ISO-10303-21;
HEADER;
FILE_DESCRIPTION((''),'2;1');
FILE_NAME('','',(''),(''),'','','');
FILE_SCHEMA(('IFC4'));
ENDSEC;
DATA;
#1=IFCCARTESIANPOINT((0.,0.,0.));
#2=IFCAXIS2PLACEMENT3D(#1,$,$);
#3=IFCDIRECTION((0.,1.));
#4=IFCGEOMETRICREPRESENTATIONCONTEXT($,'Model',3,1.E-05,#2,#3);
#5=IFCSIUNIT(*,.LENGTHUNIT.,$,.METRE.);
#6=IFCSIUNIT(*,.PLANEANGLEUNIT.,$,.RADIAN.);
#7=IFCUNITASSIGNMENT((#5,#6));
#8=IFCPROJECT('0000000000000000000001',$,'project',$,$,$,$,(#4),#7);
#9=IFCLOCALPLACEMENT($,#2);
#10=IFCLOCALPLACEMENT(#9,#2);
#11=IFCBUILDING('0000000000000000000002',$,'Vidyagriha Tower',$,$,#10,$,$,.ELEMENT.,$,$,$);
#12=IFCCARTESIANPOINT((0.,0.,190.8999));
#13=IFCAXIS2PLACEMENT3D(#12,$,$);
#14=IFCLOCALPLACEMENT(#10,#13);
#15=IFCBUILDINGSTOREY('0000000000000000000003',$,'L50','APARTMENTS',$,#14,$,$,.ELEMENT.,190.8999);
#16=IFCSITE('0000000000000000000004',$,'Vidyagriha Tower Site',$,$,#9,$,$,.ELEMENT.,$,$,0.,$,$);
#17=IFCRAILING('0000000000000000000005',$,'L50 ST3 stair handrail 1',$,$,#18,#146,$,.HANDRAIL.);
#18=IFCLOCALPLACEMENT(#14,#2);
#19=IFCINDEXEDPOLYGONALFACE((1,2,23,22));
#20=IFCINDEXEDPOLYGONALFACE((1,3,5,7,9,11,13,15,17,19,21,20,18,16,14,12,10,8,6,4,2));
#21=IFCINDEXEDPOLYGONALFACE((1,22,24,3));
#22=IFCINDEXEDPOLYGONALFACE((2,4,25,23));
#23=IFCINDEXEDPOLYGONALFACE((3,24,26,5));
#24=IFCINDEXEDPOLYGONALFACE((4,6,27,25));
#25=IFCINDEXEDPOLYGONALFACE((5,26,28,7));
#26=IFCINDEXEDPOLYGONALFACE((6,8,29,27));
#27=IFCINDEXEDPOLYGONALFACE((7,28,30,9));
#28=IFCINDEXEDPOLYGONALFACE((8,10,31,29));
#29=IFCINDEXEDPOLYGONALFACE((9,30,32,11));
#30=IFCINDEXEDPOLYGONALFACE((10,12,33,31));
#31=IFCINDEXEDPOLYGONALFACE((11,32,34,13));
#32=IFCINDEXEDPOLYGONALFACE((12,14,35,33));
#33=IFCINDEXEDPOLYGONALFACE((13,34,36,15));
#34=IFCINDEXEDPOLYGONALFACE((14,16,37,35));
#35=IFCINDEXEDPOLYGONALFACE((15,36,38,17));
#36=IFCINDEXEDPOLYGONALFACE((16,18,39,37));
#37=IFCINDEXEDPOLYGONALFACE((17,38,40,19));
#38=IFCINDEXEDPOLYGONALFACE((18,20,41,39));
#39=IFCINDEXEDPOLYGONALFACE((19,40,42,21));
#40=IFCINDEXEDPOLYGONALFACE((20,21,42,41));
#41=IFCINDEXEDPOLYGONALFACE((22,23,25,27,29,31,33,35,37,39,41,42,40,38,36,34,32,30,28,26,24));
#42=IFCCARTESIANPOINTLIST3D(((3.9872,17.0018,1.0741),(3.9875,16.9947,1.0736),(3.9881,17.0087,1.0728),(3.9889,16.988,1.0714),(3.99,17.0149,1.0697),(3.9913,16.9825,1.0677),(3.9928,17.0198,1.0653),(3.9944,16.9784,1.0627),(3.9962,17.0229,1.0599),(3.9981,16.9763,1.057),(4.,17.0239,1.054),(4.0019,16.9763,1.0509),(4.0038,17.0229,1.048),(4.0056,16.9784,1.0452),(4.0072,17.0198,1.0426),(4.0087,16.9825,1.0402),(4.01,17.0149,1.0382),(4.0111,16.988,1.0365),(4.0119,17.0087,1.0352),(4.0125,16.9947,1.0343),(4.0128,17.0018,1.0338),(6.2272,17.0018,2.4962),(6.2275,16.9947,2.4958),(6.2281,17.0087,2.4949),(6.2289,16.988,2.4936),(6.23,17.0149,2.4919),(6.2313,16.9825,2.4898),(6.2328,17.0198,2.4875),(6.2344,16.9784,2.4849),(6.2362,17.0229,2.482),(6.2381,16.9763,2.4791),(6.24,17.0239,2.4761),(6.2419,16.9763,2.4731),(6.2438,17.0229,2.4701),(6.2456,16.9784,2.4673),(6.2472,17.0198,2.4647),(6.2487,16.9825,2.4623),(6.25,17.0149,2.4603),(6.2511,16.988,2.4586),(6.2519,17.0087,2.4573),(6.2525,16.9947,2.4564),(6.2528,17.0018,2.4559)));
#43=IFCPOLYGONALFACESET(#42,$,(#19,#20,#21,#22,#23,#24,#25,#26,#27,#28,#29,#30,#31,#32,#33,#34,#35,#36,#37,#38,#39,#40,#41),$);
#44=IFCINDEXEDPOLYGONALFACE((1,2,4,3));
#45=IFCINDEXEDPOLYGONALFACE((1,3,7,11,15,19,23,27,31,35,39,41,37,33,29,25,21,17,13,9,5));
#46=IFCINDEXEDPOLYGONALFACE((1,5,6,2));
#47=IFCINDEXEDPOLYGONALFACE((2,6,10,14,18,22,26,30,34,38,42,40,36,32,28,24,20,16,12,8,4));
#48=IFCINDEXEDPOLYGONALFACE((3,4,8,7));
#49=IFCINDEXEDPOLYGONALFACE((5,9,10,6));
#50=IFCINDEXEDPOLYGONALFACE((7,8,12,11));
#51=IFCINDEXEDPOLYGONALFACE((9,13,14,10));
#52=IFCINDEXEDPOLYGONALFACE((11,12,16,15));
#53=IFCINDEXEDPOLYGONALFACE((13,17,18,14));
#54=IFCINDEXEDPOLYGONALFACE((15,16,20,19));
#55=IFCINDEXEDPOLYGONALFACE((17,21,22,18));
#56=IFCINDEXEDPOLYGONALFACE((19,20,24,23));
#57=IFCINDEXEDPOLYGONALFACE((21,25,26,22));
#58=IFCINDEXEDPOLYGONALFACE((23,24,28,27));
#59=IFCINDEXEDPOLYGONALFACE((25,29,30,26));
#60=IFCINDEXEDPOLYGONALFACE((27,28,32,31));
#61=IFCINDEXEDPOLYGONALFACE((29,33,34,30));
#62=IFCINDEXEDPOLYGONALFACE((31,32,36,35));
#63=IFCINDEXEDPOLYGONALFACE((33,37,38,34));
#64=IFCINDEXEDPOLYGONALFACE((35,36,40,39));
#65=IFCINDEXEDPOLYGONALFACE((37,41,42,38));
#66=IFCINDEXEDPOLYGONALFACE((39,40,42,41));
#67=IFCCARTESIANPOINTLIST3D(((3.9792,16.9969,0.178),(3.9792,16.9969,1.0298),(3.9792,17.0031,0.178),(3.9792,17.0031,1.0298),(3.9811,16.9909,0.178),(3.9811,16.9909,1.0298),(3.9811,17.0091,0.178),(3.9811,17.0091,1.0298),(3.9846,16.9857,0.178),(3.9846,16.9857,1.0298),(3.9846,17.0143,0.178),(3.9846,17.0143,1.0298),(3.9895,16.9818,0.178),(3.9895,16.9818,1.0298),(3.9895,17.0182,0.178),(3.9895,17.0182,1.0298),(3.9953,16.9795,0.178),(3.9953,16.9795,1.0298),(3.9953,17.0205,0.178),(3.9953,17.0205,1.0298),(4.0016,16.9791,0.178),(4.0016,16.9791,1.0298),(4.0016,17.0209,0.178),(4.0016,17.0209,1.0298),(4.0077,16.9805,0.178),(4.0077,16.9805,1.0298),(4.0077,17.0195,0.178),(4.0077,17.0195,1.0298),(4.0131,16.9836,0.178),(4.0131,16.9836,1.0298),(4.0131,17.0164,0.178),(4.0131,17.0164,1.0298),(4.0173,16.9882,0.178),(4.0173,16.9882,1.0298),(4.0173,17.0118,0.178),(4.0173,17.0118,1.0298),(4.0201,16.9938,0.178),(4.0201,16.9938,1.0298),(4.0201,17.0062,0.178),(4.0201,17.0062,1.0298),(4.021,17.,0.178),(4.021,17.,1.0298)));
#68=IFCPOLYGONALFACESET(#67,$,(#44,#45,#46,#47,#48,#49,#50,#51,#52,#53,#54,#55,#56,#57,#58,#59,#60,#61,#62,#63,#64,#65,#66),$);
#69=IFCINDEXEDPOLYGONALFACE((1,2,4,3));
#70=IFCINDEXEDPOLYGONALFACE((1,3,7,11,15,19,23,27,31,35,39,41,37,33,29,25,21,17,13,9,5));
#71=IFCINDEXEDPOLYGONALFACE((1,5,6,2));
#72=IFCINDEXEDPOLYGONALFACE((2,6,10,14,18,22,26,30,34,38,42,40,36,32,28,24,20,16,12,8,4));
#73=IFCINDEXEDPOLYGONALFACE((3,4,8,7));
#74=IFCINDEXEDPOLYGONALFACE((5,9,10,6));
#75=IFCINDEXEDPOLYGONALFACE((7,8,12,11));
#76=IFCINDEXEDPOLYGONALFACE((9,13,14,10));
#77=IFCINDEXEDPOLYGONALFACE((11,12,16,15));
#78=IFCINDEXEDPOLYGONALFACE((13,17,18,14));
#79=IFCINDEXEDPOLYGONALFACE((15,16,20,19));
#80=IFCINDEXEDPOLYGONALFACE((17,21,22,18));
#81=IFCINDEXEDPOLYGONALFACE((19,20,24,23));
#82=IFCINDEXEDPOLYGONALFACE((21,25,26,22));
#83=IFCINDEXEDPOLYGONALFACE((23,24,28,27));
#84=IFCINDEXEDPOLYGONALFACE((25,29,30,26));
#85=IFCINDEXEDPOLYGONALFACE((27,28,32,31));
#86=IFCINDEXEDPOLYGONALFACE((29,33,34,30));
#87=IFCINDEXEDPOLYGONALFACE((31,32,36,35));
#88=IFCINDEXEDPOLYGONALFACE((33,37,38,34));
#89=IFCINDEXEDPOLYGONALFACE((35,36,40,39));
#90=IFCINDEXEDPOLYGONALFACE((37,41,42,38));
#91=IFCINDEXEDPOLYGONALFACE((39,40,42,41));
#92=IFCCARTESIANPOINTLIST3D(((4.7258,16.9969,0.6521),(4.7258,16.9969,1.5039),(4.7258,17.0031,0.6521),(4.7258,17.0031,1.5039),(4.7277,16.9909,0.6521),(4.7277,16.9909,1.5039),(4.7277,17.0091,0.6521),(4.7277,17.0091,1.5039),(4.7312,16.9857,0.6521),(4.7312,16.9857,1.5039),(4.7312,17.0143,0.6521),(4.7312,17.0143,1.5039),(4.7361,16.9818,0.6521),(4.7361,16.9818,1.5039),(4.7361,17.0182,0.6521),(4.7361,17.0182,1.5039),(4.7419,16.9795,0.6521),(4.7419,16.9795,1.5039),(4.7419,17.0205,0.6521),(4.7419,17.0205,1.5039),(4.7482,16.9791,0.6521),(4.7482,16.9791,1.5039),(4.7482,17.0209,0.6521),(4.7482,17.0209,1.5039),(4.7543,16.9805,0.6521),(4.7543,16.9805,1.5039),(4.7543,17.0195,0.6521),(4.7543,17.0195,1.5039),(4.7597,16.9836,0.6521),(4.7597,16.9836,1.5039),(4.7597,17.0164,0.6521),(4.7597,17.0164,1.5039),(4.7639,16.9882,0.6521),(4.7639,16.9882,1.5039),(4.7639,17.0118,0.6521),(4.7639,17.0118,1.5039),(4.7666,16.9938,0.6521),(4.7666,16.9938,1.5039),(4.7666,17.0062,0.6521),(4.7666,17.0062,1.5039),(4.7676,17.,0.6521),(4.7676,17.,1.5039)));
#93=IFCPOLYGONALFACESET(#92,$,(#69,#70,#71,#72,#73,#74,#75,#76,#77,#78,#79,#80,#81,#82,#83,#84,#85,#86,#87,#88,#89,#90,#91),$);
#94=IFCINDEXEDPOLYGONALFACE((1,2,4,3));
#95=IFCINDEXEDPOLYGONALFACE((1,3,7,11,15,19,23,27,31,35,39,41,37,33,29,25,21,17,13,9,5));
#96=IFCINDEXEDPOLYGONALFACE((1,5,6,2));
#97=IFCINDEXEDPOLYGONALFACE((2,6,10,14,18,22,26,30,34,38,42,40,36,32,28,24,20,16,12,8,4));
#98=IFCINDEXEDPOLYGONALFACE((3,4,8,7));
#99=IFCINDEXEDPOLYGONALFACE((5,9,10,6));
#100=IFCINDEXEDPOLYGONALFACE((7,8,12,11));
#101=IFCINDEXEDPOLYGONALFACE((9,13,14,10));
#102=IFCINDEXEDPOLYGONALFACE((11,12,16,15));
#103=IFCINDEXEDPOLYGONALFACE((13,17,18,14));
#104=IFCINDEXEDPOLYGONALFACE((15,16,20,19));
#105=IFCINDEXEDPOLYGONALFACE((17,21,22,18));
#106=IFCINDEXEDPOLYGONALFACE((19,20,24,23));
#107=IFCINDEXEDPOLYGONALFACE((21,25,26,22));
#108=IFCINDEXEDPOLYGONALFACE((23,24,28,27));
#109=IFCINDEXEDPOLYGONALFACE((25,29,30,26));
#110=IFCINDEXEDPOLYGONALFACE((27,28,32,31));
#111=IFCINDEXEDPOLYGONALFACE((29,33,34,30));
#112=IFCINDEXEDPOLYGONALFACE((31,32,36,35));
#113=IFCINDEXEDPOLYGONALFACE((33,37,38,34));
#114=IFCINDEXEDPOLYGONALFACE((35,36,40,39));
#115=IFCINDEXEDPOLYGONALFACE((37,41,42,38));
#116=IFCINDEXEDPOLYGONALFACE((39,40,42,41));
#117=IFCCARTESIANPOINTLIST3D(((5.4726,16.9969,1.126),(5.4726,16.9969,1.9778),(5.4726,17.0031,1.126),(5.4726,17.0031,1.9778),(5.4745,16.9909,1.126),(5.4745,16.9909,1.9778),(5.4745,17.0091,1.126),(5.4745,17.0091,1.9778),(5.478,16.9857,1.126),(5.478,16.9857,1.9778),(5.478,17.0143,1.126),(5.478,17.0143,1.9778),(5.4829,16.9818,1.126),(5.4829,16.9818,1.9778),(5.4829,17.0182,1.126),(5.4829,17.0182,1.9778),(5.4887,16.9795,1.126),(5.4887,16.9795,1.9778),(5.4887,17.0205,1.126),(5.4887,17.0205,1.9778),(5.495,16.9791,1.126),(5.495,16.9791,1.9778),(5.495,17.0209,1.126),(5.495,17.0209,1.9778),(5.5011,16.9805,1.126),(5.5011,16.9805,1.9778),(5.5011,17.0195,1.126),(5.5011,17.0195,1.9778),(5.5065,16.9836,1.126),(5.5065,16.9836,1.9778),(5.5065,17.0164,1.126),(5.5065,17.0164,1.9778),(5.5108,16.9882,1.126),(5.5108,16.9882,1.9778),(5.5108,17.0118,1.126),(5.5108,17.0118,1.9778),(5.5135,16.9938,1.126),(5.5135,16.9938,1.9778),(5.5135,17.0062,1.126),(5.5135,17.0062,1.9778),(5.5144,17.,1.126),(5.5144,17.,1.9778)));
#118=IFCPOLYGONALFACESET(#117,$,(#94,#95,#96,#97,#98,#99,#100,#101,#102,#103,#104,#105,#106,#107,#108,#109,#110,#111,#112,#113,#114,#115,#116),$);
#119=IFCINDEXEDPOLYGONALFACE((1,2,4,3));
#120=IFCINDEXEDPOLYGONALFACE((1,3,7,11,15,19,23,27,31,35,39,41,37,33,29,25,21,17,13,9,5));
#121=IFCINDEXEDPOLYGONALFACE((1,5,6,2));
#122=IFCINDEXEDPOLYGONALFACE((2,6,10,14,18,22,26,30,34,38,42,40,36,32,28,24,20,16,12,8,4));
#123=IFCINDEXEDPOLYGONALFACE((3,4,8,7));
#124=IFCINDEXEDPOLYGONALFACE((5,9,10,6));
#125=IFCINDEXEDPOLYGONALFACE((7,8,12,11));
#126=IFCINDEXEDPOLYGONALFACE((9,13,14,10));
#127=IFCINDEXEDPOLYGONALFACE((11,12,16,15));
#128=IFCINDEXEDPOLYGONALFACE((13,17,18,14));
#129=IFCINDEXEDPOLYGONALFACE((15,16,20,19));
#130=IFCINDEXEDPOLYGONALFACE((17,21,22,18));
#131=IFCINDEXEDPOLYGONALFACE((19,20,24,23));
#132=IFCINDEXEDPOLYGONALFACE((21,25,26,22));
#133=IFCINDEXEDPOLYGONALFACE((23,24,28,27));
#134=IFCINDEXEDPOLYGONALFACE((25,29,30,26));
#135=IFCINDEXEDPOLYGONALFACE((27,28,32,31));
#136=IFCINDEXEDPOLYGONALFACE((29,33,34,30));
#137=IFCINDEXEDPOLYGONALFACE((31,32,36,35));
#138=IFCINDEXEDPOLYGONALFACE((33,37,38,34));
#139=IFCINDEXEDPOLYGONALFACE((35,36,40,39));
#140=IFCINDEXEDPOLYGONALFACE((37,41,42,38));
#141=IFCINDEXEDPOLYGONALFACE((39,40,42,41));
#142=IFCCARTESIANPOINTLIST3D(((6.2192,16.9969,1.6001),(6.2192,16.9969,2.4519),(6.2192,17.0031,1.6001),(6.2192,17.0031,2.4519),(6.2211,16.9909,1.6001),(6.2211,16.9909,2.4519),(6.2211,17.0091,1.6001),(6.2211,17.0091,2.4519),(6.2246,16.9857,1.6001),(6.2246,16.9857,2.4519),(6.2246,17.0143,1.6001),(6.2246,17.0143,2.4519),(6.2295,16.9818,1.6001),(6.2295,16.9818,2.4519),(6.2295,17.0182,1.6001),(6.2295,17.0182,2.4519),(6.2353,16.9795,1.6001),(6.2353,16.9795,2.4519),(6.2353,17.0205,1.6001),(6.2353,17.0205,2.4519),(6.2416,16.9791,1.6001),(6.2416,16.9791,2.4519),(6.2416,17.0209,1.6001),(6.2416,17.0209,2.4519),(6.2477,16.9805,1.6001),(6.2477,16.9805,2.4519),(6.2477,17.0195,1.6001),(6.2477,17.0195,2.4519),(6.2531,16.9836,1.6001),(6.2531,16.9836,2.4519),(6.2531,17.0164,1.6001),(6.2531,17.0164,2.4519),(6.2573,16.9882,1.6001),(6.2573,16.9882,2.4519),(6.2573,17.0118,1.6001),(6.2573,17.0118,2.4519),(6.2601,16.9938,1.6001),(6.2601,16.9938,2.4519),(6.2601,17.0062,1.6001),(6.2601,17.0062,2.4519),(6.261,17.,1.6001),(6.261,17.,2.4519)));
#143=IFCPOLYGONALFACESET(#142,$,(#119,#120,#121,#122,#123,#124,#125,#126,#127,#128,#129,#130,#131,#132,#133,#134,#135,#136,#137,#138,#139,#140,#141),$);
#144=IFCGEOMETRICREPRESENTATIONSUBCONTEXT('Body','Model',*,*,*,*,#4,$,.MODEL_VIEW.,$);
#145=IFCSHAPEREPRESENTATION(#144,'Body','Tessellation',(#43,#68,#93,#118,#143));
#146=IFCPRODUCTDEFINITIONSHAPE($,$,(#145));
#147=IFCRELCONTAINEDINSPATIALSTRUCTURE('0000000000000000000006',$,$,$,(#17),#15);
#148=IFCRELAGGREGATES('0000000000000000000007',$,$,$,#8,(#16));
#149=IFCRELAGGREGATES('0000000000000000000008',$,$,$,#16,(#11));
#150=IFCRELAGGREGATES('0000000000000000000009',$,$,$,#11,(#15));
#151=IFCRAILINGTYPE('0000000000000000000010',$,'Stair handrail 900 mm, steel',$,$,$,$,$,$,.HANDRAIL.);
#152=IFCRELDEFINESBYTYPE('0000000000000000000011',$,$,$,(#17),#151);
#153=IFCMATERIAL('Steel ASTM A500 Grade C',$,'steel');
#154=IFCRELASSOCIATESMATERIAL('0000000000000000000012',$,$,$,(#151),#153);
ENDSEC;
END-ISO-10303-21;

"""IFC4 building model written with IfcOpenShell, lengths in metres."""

from ifc_helpers import new_model, si_unit, direction, frame, origin, origin_2d, place, context, subcontext, project, spatial, circle, extrude, material, type_object, element, save


model = new_model("IFC4")

# Units and contexts
model_context = context("Model", 3, precision=1e-05, world=origin(), true_north=direction((0.0, 1.0)))
body_context = subcontext(model_context, "Body", "Model", "MODEL_VIEW")
ifc_project = project(units=[si_unit("LENGTHUNIT", "METRE"), si_unit("PLANEANGLEUNIT", "RADIAN")], contexts=[model_context])

# Site, building, storey
site_placement = place(None, origin())
site = spatial("IfcSite", under=ifc_project, at=site_placement, Name="Vidyagriha Tower Site", CompositionType="ELEMENT", RefElevation=0.0)
building_placement = place(site_placement, origin())
building = spatial("IfcBuilding", under=site, at=building_placement, Name="Vidyagriha Tower", CompositionType="ELEMENT")
storey_placement = place(building_placement, frame((0.0, 0.0, 190.8999)))
storey = spatial("IfcBuildingStorey", under=building, at=storey_placement, Name="L50", Description="APARTMENTS", CompositionType="ELEMENT", Elevation=190.8999)

# Railing
ifc_material_1 = material(Name="Steel ASTM A500 Grade C", Category="steel")
railing_type_1 = type_object("IfcRailingType", Name="Stair handrail 900 mm, steel", PredefinedType="HANDRAIL", material=ifc_material_1)
railing_1_placement = place(storey_placement, frame((4.0, 17.0, 0.178)))
element("IfcRailing", 1, at=railing_1_placement, inside=storey, type_object=railing_type_1, Name="L50 ST3 stair handrail 1", PredefinedType="HANDRAIL", context=body_context, shape_type="SweptSolid", body=[
    extrude(circle(Radius=0.0239, at=origin_2d()), frame((0.0, 0.0, 0.876), z_axis=(0.844229, 0.0, 0.535982), x_axis=(0.0, 1.0, 0.0)), (0.0, 0.0, 1.0), 2.6533),
    extrude(circle(Radius=0.021, at=origin_2d()), origin(), (0.0, 0.0, 1.0), 0.8518),
    extrude(circle(Radius=0.021, at=origin_2d()), frame((0.7466, 0.0, 0.4741)), (0.0, 0.0, 1.0), 0.8518),
    extrude(circle(Radius=0.021, at=origin_2d()), frame((1.4934, 0.0, 0.948)), (0.0, 0.0, 1.0), 0.8518),
    extrude(circle(Radius=0.021, at=origin_2d()), frame((2.24, 0.0, 1.4221)), (0.0, 0.0, 1.0), 0.8518),
])

save(model, "model.ifc")
